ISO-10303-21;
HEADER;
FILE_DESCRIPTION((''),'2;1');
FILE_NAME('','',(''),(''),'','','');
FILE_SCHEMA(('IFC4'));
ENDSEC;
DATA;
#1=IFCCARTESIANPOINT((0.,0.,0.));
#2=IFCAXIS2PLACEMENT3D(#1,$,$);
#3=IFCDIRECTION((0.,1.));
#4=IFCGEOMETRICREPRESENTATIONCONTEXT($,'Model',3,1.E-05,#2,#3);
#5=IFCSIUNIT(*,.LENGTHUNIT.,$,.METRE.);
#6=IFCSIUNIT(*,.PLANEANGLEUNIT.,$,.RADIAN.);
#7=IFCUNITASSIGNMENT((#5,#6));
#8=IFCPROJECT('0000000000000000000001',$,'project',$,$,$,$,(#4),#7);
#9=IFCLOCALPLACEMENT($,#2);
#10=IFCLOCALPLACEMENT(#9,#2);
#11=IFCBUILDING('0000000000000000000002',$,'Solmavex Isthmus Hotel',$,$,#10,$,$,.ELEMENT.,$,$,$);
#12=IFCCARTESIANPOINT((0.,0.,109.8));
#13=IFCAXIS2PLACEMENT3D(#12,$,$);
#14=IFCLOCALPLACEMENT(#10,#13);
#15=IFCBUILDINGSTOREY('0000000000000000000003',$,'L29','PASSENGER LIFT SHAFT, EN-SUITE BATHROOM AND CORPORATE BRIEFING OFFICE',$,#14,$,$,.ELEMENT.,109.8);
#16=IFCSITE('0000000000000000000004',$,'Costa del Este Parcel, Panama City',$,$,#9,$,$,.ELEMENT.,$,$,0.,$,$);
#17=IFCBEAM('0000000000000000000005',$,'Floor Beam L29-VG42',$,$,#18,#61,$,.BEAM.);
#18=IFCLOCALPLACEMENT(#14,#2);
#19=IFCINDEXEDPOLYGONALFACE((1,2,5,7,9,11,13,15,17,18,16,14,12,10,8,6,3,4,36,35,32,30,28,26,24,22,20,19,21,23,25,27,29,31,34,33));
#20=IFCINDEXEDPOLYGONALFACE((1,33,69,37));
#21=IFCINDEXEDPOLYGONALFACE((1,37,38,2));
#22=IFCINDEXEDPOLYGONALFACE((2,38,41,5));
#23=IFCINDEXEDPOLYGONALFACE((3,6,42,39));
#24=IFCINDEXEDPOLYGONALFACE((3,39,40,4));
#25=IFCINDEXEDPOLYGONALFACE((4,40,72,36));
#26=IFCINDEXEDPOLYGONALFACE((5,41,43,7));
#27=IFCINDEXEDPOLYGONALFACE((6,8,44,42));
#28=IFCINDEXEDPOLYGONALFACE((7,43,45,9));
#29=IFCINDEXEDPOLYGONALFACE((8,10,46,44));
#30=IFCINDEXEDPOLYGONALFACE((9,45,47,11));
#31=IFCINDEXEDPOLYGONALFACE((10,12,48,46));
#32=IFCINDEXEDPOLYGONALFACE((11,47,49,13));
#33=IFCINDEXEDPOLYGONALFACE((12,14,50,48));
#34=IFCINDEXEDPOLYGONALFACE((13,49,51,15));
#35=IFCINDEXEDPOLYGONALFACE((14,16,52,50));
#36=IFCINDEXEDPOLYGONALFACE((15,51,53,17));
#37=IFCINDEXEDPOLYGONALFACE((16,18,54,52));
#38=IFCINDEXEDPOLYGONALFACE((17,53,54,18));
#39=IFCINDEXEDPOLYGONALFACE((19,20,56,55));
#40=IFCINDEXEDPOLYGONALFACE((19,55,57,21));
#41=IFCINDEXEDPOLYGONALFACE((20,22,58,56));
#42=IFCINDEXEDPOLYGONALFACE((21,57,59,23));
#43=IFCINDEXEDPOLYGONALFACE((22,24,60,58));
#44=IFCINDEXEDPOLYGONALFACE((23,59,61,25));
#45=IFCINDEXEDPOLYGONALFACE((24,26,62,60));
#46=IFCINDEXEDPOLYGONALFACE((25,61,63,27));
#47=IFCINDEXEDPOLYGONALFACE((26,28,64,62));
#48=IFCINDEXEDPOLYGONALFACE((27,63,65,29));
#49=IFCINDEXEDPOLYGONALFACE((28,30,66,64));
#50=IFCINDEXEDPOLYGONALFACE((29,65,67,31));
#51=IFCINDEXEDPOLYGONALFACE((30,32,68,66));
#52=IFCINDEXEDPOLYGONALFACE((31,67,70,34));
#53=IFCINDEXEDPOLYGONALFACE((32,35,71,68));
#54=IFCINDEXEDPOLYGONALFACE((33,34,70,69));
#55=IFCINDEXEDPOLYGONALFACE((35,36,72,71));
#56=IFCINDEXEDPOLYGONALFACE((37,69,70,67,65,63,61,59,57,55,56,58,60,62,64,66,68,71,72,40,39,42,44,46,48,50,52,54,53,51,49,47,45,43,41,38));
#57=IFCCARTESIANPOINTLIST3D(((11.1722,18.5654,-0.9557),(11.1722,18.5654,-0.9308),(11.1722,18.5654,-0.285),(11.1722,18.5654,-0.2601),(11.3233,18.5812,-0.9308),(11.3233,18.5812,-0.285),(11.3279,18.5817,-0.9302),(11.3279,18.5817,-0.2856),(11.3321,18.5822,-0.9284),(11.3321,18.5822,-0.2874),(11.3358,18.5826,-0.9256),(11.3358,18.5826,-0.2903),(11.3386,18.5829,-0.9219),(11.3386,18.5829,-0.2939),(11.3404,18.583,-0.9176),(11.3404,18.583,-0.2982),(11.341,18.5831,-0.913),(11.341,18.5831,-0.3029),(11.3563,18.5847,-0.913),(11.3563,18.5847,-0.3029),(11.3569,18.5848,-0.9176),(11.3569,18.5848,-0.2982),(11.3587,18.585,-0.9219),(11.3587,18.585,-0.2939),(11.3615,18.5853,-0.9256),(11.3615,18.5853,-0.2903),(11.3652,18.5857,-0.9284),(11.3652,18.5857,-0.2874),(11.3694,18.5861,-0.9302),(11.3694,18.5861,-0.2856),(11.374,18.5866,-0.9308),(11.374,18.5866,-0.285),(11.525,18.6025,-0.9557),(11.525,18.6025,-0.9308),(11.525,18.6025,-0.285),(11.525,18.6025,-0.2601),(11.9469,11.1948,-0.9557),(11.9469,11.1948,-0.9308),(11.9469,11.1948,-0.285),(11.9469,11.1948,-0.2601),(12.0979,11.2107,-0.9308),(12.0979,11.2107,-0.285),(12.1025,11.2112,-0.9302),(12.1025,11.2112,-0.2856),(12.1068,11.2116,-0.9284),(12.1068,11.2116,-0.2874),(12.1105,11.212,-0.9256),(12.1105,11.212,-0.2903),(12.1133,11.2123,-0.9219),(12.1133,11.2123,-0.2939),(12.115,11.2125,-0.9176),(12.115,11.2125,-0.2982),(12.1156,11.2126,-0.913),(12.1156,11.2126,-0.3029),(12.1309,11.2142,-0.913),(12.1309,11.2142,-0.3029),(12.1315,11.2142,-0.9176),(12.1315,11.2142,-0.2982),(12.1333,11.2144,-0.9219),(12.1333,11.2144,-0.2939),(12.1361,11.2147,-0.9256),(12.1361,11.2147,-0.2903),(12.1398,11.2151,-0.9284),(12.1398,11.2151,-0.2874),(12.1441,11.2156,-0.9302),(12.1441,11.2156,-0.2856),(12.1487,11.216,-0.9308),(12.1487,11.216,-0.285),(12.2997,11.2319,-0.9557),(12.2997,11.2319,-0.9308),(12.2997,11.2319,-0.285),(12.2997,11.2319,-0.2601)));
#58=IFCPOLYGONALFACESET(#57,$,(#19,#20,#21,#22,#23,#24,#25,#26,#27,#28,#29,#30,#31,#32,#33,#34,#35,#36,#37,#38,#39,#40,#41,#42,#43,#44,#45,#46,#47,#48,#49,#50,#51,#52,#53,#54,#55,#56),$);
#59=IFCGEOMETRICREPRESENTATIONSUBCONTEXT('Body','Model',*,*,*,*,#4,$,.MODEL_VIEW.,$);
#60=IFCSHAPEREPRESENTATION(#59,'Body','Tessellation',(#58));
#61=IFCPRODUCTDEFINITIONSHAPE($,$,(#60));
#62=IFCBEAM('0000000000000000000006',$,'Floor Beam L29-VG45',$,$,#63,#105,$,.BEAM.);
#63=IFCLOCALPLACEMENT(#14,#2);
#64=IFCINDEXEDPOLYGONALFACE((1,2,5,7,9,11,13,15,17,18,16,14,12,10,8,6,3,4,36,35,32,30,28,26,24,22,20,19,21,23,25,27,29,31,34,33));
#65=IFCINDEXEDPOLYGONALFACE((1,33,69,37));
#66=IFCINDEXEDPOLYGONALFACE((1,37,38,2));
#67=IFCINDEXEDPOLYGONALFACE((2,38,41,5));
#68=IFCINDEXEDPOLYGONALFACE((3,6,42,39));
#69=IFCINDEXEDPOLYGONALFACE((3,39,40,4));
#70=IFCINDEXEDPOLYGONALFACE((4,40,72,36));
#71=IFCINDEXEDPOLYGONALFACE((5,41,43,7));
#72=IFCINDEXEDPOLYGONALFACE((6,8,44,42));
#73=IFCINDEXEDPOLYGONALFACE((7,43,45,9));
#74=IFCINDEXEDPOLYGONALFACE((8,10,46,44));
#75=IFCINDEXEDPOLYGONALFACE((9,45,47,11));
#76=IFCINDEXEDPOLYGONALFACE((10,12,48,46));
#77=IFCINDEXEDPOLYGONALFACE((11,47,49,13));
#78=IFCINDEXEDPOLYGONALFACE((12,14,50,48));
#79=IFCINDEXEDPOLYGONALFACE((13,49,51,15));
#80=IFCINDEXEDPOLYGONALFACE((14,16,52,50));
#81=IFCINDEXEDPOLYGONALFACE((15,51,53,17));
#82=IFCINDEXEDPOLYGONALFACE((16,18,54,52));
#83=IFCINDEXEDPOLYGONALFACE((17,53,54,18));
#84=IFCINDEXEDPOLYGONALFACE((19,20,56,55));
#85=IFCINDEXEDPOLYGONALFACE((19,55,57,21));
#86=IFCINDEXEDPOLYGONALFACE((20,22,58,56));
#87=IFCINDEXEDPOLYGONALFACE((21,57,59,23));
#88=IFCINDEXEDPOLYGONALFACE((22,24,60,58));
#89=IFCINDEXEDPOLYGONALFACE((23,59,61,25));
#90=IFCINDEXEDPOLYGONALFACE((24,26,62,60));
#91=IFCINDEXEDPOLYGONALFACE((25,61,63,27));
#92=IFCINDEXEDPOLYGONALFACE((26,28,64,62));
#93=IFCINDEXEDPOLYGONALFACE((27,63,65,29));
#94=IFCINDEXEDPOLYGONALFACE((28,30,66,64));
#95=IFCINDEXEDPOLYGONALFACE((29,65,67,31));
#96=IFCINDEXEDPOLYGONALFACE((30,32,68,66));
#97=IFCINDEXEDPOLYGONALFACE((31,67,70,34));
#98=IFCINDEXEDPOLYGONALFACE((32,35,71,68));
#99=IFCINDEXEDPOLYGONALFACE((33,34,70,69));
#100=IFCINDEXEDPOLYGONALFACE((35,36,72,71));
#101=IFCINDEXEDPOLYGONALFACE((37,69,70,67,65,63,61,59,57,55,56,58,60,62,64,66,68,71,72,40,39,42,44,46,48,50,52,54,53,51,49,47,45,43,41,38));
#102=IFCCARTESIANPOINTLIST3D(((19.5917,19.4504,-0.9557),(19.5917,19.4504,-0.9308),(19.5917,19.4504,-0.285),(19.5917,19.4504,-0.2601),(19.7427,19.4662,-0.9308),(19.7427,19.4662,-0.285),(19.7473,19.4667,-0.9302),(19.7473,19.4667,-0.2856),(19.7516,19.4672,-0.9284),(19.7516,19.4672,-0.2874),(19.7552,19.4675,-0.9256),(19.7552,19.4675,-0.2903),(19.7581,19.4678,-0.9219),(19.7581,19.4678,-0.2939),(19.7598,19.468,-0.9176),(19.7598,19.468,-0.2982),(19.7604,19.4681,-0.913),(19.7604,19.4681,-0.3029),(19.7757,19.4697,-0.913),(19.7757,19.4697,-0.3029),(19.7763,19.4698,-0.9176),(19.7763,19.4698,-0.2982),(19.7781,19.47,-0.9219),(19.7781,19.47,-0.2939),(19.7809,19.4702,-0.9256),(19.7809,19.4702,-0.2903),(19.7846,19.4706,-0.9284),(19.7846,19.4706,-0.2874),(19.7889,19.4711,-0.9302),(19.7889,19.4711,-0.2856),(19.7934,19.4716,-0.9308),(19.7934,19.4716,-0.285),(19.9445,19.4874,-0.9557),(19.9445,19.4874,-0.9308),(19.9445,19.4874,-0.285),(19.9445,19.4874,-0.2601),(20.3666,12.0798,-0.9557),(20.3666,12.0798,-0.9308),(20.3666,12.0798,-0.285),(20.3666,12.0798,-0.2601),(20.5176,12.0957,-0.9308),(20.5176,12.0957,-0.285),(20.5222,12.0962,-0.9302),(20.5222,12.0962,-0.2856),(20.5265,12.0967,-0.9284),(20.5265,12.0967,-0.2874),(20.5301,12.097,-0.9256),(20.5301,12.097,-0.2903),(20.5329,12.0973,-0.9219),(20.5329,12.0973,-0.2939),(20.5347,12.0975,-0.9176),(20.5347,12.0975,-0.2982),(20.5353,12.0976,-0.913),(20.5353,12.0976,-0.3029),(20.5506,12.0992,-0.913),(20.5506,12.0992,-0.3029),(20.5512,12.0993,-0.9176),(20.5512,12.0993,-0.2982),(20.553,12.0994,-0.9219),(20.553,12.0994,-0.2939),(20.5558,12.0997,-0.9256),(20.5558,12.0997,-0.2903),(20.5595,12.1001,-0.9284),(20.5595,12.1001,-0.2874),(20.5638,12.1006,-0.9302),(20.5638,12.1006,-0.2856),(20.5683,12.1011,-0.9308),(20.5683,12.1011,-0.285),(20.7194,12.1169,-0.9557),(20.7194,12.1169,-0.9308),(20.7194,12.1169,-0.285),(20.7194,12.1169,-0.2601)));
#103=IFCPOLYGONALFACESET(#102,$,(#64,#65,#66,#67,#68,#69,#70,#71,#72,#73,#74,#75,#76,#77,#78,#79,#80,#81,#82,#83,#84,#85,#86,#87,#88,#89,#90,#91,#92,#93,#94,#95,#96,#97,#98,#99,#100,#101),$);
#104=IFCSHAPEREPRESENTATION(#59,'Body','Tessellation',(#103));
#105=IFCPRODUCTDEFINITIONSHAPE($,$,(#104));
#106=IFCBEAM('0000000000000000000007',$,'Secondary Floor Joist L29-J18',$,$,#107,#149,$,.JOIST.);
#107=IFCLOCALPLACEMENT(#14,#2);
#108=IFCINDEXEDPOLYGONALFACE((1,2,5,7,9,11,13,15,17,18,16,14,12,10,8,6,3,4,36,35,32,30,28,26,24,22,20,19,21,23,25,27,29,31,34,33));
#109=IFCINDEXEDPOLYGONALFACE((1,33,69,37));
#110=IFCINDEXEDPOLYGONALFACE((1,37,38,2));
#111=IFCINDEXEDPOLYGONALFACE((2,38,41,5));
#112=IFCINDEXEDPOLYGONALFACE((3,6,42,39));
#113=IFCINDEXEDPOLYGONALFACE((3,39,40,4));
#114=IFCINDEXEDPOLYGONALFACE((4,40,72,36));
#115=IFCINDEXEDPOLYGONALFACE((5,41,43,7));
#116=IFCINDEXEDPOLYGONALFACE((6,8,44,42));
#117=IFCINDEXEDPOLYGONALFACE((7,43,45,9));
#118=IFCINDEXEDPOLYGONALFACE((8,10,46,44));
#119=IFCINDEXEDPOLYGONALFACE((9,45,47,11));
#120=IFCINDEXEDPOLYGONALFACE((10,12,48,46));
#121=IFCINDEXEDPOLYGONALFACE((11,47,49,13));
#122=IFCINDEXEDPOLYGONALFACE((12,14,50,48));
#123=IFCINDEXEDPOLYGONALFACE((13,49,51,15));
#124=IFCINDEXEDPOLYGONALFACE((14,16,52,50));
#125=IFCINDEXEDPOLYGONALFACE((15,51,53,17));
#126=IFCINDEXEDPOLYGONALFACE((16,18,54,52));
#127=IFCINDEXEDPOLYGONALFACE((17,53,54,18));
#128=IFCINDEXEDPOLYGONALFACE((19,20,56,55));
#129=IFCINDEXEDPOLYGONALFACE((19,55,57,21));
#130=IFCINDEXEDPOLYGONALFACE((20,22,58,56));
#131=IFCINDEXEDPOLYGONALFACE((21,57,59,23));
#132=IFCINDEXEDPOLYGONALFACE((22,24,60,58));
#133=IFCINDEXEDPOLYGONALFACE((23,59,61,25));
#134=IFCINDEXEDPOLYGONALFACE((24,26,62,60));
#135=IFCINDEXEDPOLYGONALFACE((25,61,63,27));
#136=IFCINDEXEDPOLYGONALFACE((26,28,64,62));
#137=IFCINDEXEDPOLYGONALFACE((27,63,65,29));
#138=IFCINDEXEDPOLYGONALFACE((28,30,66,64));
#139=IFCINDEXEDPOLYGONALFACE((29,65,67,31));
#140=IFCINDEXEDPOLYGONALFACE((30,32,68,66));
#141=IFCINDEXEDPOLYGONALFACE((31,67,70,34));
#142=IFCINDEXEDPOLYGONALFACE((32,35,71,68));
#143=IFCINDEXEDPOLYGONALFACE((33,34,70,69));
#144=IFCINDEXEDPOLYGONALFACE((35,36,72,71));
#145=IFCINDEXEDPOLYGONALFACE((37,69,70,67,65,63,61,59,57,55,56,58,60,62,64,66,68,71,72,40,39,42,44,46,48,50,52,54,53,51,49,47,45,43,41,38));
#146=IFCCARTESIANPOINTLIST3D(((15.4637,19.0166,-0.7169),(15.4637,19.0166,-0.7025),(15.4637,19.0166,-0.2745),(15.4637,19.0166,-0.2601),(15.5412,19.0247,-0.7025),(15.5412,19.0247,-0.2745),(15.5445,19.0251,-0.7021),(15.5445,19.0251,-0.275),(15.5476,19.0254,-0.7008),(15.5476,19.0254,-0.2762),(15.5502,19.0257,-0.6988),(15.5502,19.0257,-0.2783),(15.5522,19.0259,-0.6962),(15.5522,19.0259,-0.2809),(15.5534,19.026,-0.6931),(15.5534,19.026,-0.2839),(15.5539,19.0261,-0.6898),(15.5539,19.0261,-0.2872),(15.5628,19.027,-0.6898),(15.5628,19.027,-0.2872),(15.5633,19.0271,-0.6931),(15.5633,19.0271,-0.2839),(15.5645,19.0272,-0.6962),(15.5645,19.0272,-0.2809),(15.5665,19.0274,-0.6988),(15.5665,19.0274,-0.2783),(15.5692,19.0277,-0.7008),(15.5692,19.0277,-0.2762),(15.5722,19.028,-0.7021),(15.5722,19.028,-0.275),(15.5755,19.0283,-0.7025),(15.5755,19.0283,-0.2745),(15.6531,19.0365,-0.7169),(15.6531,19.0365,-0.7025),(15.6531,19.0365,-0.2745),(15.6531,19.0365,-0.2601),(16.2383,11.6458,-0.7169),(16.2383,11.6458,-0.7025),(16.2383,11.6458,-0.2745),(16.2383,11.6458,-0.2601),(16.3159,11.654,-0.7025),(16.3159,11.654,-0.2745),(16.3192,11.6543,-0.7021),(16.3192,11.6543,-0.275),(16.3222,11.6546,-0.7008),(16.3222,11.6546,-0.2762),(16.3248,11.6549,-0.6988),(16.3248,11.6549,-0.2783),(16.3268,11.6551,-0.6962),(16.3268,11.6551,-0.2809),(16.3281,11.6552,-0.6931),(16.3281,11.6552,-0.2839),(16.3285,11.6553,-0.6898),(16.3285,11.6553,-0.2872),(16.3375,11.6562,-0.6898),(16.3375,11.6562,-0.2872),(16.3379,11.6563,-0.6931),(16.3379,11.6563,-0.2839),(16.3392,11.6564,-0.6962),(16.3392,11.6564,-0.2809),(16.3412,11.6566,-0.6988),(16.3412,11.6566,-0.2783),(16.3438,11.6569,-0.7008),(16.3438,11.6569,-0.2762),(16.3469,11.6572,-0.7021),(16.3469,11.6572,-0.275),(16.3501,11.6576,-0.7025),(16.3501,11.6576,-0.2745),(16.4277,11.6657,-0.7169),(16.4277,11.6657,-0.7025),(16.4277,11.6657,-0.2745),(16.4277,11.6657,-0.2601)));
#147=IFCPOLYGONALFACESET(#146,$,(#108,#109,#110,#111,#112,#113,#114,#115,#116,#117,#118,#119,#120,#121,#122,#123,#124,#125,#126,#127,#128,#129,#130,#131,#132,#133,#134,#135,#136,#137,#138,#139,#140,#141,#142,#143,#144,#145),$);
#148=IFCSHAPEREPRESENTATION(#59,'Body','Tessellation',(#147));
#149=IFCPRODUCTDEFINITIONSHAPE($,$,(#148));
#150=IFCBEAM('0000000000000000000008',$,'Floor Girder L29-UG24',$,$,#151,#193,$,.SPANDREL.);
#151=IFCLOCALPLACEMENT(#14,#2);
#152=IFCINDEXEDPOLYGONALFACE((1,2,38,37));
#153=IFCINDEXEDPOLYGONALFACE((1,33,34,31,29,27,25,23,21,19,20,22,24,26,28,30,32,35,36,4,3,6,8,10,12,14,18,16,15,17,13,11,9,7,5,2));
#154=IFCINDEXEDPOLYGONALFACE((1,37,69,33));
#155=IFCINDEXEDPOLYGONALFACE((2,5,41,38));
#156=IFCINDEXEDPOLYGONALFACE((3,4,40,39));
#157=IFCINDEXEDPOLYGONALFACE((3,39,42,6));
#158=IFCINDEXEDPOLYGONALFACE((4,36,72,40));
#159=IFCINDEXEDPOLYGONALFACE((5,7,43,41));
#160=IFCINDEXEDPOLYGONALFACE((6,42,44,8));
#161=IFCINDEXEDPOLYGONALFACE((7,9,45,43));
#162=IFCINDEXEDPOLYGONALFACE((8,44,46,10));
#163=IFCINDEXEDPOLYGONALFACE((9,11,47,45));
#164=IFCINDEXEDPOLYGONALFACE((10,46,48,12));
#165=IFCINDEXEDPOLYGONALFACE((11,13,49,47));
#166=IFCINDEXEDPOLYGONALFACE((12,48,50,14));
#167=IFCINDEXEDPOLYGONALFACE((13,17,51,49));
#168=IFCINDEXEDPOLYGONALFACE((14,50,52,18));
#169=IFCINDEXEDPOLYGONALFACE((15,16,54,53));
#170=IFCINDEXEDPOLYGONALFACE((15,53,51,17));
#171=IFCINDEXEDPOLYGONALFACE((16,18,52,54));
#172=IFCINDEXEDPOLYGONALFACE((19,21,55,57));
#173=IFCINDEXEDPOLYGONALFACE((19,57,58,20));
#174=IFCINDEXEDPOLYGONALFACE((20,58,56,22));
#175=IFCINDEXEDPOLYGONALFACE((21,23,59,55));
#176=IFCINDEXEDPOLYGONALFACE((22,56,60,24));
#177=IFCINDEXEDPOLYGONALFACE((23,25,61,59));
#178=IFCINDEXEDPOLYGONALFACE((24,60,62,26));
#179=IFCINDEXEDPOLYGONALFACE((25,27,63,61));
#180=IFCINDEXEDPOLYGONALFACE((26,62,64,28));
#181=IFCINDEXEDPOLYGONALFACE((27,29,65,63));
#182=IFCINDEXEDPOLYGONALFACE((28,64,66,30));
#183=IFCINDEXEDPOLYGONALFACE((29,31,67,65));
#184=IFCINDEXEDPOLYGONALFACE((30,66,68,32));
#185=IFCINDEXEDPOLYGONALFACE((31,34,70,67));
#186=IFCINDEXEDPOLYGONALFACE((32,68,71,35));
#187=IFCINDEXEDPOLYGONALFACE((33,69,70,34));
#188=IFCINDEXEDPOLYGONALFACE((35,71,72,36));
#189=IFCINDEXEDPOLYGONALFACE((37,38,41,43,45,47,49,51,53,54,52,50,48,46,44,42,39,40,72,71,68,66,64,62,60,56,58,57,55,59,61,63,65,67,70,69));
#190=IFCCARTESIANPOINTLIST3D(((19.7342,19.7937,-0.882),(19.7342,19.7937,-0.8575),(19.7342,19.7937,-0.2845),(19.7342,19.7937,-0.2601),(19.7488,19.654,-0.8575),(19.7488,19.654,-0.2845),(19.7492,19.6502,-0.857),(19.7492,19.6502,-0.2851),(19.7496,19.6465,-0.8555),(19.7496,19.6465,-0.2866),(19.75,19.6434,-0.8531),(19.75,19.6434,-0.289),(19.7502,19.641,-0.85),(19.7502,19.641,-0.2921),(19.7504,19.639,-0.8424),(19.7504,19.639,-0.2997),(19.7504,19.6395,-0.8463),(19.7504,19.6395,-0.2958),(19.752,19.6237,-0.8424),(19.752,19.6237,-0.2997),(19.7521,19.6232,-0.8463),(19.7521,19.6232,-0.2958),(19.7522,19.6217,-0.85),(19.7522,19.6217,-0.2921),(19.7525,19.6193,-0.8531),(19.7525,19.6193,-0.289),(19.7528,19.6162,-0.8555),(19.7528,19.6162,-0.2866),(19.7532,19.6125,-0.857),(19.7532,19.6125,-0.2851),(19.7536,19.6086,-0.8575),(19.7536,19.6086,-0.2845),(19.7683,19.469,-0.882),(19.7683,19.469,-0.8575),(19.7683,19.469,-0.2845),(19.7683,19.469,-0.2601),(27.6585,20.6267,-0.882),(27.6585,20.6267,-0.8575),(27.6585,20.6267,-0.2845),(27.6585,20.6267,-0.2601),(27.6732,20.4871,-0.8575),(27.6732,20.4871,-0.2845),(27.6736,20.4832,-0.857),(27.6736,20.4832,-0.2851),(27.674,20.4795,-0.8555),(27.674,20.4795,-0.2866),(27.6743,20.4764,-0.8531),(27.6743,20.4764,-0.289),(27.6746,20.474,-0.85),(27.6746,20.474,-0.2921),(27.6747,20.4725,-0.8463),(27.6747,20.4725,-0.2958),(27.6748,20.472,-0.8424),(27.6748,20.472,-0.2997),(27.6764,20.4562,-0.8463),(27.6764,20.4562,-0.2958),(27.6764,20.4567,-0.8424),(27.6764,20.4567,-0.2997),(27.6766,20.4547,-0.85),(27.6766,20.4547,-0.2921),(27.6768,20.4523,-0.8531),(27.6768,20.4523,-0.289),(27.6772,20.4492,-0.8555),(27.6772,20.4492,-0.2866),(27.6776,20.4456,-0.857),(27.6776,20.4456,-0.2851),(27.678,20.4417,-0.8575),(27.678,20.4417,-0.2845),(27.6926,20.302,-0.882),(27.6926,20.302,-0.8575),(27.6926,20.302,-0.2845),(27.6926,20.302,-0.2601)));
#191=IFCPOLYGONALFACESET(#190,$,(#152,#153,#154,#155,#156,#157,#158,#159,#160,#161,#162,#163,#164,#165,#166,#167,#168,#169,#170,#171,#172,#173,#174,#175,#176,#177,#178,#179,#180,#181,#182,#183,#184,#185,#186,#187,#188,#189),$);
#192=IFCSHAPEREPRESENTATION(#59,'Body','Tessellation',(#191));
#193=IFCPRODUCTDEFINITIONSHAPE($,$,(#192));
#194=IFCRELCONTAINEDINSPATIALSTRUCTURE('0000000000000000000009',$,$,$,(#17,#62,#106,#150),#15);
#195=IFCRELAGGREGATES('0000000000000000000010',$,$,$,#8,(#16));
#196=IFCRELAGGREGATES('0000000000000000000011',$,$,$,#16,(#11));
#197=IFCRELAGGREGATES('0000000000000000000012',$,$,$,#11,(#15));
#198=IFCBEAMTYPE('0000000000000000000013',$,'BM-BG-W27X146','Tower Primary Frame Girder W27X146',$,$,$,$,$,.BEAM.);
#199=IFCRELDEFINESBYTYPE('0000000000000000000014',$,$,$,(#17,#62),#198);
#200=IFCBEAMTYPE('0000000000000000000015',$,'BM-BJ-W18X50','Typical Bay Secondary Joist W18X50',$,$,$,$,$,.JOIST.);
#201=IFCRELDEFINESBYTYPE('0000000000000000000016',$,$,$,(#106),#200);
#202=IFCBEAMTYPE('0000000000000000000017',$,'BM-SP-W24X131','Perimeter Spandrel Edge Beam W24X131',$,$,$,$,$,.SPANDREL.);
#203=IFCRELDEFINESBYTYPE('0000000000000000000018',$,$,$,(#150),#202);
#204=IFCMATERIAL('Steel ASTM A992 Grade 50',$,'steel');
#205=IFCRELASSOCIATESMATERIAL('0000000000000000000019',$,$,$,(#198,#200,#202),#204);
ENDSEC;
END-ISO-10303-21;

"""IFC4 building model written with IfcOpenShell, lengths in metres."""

from ifc_helpers import new_model, si_unit, direction, frame, origin, origin_2d, place, context, subcontext, project, spatial, i_section, extrude, material, material_profile, profile_set, type_object, element, save


model = new_model("IFC4")

# Units and contexts
model_context = context("Model", 3, precision=1e-05, world=origin(), true_north=direction((0.0, 1.0)))
body_context = subcontext(model_context, "Body", "Model", "MODEL_VIEW")
ifc_project = project(units=[si_unit("LENGTHUNIT", "METRE"), si_unit("PLANEANGLEUNIT", "RADIAN")], contexts=[model_context])

# Site, building, storey
site_placement = place(None, origin())
site = spatial("IfcSite", under=ifc_project, at=site_placement, Name="Costa del Este Parcel, Panama City", CompositionType="ELEMENT", RefElevation=0.0)
building_placement = place(site_placement, origin())
building = spatial("IfcBuilding", under=site, at=building_placement, Name="Solmavex Isthmus Hotel", CompositionType="ELEMENT")
storey_placement = place(building_placement, frame((0.0, 0.0, 109.8)))
storey = spatial("IfcBuildingStorey", under=building, at=storey_placement, Name="L29", Description="PASSENGER LIFT SHAFT, EN-SUITE BATHROOM AND CORPORATE BRIEFING OFFICE", CompositionType="ELEMENT", Elevation=109.8)

# Beams
ifc_material_1 = material(Name="Steel ASTM A992 Grade 50", Category="steel")
ifc_material_profile_1 = material_profile(ifc_material_1, i_section(OverallWidth=0.3547, OverallDepth=0.6956, WebThickness=0.0154, FlangeThickness=0.0249, FilletRadius=0.0178, at=origin_2d()), Name="W27X146")
ifc_profile_set_1 = profile_set([ifc_material_profile_1], Name="Steel ASTM A992 Grade 50")
beam_type_1 = type_object("IfcBeamType", Name="BM-BG-W27X146", Description="Tower Primary Frame Girder W27X146", PredefinedType="BEAM", material=ifc_profile_set_1)
for number, where, z_axis, x_axis, name in (
    (1, (12.1233, 11.2134, -0.6079), (-0.104525, 0.994522, 0.0), (-0.994522, -0.104525, 0.0), "Floor Beam L29-VG42"),
    (2, (20.543, 12.0984, -0.6079), (-0.104558, 0.994519, 0.0), (-0.994519, -0.104558, 0.0), "Floor Beam L29-VG45"),
):
    element("IfcBeam", number, at=place(storey_placement, frame(where, z_axis=z_axis, x_axis=x_axis)), inside=storey, type_object=beam_type_1, Name=name, PredefinedType="BEAM", context=body_context, shape_type="SweptSolid", body=[
        extrude(i_section(OverallWidth=0.3547, OverallDepth=0.6956, WebThickness=0.0154, FlangeThickness=0.0249, FilletRadius=0.0178, at=origin_2d()), origin(), (0.0, 0.0, 1.0), 7.4111),
    ])
ifc_material_profile_2 = material_profile(ifc_material_1, i_section(OverallWidth=0.1904, OverallDepth=0.4568, WebThickness=0.009, FlangeThickness=0.0144, FilletRadius=0.0127, at=origin_2d()), Name="W18X50")
ifc_profile_set_2 = profile_set([ifc_material_profile_2], Name="Steel ASTM A992 Grade 50")
beam_type_2 = type_object("IfcBeamType", Name="BM-BJ-W18X50", Description="Typical Bay Secondary Joist W18X50", PredefinedType="JOIST", material=ifc_profile_set_2)
beam_1_placement = place(storey_placement, frame((16.333, 11.6558, -0.4885), z_axis=(-0.104522, 0.994523, 0.0), x_axis=(-0.994523, -0.104522, 0.0)))
element("IfcBeam", 3, at=beam_1_placement, inside=storey, type_object=beam_type_2, Name="Secondary Floor Joist L29-J18", PredefinedType="JOIST", context=body_context, shape_type="SweptSolid", body=[
    extrude(i_section(OverallWidth=0.1904, OverallDepth=0.4568, WebThickness=0.009, FlangeThickness=0.0144, FilletRadius=0.0127, at=origin_2d()), origin(), (0.0, 0.0, 1.0), 7.4114),
])
ifc_material_profile_3 = material_profile(ifc_material_1, i_section(OverallWidth=0.3264, OverallDepth=0.6218, WebThickness=0.0154, FlangeThickness=0.0244, FilletRadius=0.0151, at=origin_2d()), Name="W24X131")
ifc_profile_set_3 = profile_set([ifc_material_profile_3], Name="Steel ASTM A992 Grade 50")
beam_type_3 = type_object("IfcBeamType", Name="BM-SP-W24X131", Description="Perimeter Spandrel Edge Beam W24X131", PredefinedType="SPANDREL", material=ifc_profile_set_3)
beam_2_placement = place(storey_placement, frame((19.7512, 19.6313, -0.571), z_axis=(0.99452, 0.104544, 0.0), x_axis=(-0.104544, 0.99452, 0.0)))
element("IfcBeam", 4, at=beam_2_placement, inside=storey, type_object=beam_type_3, Name="Floor Girder L29-UG24", PredefinedType="SPANDREL", context=body_context, shape_type="SweptSolid", body=[
    extrude(i_section(OverallWidth=0.3264, OverallDepth=0.6218, WebThickness=0.0154, FlangeThickness=0.0244, FilletRadius=0.0151, at=origin_2d()), origin(), (0.0, 0.0, 1.0), 7.968),
])

save(model, "model.ifc")
